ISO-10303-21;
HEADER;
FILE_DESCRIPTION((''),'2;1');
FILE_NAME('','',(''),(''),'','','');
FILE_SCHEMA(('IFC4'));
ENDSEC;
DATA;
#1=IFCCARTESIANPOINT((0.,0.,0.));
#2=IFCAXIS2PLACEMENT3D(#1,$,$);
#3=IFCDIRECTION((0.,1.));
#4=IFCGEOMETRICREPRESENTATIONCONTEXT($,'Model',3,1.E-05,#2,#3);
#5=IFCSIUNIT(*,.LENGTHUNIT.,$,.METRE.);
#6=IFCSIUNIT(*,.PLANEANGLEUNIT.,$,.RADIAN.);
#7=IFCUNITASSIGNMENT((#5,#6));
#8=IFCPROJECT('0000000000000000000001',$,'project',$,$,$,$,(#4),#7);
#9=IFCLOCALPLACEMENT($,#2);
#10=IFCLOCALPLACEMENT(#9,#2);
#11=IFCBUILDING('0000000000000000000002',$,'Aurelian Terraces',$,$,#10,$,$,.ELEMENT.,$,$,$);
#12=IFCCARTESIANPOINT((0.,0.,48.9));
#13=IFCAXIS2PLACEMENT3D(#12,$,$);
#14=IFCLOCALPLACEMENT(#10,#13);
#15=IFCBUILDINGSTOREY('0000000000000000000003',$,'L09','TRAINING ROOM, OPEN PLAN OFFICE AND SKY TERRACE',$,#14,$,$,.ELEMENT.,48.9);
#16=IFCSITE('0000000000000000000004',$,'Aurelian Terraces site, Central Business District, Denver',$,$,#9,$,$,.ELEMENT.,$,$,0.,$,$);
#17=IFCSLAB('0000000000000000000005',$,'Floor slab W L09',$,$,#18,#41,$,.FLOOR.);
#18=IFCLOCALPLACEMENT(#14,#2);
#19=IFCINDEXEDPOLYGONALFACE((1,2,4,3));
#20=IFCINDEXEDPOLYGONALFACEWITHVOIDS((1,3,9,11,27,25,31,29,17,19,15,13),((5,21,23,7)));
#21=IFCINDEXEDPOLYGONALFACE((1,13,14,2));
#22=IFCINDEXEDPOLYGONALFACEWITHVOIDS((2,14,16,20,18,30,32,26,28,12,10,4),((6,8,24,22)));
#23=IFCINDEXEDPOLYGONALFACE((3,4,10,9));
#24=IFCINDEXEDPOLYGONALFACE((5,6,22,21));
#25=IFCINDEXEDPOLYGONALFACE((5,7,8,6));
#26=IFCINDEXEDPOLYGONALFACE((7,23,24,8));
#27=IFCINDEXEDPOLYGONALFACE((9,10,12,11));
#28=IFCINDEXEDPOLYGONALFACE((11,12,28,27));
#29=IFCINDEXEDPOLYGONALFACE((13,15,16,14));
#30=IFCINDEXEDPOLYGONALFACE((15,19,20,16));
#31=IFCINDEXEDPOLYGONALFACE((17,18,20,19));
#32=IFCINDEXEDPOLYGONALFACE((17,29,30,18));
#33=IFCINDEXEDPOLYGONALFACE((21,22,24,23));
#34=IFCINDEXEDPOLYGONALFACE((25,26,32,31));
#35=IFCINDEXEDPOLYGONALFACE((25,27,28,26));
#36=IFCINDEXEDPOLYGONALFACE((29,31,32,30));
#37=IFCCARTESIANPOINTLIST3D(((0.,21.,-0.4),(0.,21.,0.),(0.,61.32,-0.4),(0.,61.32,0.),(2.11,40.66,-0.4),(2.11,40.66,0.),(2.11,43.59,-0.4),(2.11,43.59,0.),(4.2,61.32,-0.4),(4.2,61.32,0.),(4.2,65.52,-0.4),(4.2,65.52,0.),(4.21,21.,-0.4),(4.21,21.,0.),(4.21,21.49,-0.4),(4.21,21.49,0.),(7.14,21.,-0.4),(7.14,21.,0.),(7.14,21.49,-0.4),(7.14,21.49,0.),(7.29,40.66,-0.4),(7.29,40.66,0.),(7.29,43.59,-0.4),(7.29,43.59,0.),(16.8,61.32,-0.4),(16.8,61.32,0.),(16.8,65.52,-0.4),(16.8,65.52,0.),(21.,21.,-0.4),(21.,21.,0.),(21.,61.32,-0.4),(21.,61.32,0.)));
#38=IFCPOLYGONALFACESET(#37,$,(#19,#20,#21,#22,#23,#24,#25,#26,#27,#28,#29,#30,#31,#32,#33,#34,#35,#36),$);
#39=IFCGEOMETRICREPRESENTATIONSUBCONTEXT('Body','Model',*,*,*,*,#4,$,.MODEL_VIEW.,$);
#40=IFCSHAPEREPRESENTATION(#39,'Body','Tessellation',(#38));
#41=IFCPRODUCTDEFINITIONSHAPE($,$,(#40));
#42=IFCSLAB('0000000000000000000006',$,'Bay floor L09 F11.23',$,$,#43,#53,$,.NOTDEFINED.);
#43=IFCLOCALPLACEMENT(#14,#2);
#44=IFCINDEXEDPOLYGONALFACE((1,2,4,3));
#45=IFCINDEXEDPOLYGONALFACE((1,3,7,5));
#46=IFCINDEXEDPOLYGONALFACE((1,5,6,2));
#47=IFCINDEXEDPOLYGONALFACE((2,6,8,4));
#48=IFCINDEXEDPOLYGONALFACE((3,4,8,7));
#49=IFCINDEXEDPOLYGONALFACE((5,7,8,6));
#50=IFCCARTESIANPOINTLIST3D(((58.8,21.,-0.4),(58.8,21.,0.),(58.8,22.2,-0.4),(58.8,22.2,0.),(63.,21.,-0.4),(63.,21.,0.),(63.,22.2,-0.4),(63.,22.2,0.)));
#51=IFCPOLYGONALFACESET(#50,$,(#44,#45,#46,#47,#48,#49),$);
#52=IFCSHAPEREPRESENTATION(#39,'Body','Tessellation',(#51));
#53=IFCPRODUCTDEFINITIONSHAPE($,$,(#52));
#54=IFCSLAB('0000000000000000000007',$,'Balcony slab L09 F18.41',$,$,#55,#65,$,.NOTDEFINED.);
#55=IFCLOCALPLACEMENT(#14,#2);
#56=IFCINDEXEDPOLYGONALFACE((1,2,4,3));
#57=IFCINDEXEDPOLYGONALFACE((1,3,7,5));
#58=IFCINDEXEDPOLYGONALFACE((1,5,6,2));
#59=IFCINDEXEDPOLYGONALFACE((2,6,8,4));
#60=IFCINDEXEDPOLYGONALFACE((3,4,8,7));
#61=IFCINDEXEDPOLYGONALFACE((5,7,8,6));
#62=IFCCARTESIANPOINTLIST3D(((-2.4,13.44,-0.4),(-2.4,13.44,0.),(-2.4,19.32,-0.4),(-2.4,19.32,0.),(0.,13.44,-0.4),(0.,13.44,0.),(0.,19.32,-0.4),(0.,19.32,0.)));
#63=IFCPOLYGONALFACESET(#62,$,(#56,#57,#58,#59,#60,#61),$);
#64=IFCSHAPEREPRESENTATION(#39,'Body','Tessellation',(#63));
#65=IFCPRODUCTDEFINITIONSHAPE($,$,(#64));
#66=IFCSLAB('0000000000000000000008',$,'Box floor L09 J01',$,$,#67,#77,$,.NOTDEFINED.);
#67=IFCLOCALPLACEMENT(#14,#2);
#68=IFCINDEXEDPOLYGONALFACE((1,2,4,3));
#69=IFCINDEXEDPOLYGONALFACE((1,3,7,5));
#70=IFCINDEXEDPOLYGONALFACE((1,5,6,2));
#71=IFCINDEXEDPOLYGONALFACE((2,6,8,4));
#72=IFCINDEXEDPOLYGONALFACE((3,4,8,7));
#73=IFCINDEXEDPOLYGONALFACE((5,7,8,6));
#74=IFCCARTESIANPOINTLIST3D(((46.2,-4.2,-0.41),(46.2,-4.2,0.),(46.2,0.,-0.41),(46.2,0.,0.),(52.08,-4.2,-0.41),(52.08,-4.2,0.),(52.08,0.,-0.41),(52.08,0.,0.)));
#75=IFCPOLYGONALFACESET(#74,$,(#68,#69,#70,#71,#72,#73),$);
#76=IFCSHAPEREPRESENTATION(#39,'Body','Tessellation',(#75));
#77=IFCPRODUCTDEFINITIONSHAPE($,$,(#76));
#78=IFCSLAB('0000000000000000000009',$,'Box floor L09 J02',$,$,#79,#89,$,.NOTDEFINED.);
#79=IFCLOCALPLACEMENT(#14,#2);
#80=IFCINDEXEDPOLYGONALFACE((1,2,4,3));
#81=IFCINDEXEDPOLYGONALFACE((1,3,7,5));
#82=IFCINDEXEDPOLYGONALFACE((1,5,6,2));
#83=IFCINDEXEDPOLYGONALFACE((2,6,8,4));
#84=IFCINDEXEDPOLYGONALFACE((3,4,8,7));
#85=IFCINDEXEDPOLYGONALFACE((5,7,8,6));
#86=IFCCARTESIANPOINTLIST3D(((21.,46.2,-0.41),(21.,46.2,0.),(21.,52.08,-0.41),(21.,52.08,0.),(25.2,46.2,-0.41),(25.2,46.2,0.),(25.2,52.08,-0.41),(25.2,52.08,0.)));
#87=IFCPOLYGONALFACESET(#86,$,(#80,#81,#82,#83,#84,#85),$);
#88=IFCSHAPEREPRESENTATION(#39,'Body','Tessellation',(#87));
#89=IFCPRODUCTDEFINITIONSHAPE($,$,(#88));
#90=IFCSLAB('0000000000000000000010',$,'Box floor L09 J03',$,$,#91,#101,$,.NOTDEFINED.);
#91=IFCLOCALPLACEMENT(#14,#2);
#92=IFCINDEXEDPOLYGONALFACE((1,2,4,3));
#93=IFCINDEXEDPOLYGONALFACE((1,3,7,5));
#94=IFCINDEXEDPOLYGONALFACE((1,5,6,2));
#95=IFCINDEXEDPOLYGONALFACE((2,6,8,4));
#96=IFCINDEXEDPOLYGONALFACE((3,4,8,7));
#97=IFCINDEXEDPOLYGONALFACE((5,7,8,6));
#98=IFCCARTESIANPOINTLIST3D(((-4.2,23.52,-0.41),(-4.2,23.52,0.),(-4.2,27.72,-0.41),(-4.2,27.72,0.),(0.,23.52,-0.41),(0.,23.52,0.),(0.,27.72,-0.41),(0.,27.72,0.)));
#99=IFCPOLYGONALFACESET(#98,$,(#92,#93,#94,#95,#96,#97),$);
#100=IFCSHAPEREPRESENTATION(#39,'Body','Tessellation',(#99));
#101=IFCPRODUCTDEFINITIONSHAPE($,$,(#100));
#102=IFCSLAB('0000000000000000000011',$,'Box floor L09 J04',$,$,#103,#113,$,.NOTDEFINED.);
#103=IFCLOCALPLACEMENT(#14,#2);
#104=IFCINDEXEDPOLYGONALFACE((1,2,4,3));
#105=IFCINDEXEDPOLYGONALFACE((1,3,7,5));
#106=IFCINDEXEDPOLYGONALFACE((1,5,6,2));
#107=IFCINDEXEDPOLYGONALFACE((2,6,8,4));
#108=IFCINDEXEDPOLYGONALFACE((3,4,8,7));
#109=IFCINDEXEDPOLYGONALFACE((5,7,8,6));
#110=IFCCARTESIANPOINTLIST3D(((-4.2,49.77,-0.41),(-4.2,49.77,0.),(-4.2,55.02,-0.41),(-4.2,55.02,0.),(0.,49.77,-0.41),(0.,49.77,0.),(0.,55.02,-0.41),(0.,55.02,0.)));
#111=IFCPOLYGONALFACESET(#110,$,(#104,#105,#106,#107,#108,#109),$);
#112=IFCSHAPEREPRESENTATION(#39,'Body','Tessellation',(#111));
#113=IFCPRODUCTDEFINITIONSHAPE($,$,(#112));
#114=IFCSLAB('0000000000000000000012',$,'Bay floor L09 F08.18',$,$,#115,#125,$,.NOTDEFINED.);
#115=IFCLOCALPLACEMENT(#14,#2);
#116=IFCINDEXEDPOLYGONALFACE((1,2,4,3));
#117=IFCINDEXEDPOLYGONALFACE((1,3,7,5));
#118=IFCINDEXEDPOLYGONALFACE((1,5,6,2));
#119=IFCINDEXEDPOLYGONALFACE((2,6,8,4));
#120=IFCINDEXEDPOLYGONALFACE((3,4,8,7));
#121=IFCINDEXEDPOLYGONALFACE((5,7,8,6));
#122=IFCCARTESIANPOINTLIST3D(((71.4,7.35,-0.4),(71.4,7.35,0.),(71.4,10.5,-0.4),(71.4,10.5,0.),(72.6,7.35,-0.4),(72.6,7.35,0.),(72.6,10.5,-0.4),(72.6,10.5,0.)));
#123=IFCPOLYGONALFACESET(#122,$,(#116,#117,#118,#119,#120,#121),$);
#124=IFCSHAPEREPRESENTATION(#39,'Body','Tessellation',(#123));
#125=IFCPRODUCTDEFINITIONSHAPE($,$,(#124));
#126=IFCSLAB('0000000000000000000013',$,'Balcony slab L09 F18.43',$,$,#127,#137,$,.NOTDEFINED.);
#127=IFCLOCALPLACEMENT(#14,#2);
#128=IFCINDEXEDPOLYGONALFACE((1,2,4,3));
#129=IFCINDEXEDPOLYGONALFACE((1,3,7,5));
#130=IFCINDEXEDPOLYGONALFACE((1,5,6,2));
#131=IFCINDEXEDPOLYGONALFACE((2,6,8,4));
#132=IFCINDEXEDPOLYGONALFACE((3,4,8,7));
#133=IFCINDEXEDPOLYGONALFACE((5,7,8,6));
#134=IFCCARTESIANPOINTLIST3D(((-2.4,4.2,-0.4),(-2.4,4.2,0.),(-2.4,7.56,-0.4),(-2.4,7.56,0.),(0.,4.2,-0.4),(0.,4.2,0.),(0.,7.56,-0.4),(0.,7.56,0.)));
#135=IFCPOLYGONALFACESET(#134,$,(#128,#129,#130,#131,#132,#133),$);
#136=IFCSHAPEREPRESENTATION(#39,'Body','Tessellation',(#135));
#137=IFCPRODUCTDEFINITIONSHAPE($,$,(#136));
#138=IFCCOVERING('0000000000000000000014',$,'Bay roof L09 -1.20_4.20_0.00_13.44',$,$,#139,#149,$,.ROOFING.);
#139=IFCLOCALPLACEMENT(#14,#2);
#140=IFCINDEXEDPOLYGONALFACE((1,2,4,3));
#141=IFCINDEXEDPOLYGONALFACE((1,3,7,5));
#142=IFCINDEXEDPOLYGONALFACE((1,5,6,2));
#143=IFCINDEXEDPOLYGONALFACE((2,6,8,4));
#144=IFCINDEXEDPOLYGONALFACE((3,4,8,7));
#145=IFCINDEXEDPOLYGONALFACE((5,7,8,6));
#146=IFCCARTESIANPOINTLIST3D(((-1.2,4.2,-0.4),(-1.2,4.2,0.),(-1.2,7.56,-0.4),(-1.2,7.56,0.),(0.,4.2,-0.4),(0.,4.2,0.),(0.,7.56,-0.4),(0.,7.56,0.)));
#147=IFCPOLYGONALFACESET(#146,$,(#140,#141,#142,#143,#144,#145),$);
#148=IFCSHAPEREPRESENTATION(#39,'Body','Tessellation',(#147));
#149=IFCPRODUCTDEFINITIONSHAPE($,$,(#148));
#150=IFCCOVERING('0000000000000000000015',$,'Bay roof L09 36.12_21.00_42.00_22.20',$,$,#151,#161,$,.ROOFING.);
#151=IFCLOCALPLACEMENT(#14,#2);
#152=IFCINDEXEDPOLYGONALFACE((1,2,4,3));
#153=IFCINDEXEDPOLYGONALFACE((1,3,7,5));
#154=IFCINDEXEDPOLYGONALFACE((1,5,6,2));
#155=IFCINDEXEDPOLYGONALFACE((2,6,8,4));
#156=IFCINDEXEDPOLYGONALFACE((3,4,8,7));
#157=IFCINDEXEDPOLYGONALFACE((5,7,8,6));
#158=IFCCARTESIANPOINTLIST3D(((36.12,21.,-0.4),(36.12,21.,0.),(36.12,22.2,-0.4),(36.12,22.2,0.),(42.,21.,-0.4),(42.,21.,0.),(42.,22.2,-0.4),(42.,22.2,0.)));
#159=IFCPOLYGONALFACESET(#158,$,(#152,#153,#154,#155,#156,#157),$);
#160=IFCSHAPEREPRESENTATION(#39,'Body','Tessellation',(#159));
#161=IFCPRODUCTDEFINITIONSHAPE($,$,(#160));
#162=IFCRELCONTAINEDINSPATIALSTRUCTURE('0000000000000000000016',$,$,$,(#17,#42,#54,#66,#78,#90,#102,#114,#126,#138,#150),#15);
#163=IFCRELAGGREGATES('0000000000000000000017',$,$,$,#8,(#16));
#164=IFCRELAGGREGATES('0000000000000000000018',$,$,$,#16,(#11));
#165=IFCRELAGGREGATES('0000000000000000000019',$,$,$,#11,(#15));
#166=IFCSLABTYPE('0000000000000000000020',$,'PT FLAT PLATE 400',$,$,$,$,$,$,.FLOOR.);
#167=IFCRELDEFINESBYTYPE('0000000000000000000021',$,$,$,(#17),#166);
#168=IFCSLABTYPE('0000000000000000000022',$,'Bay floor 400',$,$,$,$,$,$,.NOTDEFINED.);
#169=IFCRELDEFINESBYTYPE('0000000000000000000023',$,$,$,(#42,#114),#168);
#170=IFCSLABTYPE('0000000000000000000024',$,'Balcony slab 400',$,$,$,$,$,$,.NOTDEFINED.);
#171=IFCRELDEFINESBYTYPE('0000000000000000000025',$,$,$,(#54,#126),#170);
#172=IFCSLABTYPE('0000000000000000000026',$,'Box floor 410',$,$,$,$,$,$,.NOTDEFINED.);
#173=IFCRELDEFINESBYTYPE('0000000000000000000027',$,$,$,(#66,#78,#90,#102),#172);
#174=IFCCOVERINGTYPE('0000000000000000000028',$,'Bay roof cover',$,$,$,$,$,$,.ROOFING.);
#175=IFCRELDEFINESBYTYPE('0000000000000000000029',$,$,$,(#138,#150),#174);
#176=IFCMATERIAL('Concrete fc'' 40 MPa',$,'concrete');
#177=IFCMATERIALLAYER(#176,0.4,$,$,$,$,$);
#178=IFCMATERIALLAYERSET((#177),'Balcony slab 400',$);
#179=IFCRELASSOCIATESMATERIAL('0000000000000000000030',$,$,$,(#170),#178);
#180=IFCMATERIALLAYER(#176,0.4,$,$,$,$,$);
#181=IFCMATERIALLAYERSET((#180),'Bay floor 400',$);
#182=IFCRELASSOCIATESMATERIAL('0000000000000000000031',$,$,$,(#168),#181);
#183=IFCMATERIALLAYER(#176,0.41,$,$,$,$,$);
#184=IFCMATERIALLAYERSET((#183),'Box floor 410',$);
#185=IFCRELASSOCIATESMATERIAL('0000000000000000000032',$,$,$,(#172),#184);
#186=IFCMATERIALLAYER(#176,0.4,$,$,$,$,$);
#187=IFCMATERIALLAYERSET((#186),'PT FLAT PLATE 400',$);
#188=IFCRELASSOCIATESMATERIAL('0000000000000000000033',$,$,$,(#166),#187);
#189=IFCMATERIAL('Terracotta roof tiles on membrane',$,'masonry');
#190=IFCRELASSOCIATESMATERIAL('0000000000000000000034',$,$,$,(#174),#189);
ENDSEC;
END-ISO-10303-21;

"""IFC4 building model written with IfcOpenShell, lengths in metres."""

from ifc_helpers import new_model, si_unit, direction, frame, origin, place, context, subcontext, project, spatial, polyline, outline, extrude, source, transform, mapped, material, layer, layer_set, type_object, element, save


model = new_model("IFC4")

# Units and contexts
model_context = context("Model", 3, precision=1e-05, world=origin(), true_north=direction((0.0, 1.0)))
body_context = subcontext(model_context, "Body", "Model", "MODEL_VIEW")
ifc_project = project(units=[si_unit("LENGTHUNIT", "METRE"), si_unit("PLANEANGLEUNIT", "RADIAN")], contexts=[model_context])

# Site, building, storey
site_placement = place(None, origin())
site = spatial("IfcSite", under=ifc_project, at=site_placement, Name="Aurelian Terraces site, Central Business District, Denver", CompositionType="ELEMENT", RefElevation=0.0)
building_placement = place(site_placement, origin())
building = spatial("IfcBuilding", under=site, at=building_placement, Name="Aurelian Terraces", CompositionType="ELEMENT")
storey_placement = place(building_placement, frame((0.0, 0.0, 48.9)))
storey = spatial("IfcBuildingStorey", under=building, at=storey_placement, Name="L09", Description="TRAINING ROOM, OPEN PLAN OFFICE AND SKY TERRACE", CompositionType="ELEMENT", Elevation=48.9)

# Slabs
ifc_material_1 = material(Name="Concrete fc' 40 MPa", Category="concrete")
ifc_layer_1 = layer(ifc_material_1, 0.4)
ifc_layer_set_1 = layer_set([ifc_layer_1], Name="Balcony slab 400")
slab_type_1 = type_object("IfcSlabType", Name="Balcony slab 400", PredefinedType="NOTDEFINED", material=ifc_layer_set_1)
ifc_layer_2 = layer(ifc_material_1, 0.4)
ifc_layer_set_2 = layer_set([ifc_layer_2], Name="Bay floor 400")
slab_type_2 = type_object("IfcSlabType", Name="Bay floor 400", PredefinedType="NOTDEFINED", material=ifc_layer_set_2)
ifc_layer_3 = layer(ifc_material_1, 0.41)
ifc_layer_set_3 = layer_set([ifc_layer_3], Name="Box floor 410")
slab_type_3 = type_object("IfcSlabType", Name="Box floor 410", PredefinedType="NOTDEFINED", material=ifc_layer_set_3)
ifc_layer_4 = layer(ifc_material_1, 0.4)
ifc_layer_set_4 = layer_set([ifc_layer_4], Name="PT FLAT PLATE 400")
slab_type_4 = type_object("IfcSlabType", Name="PT FLAT PLATE 400", PredefinedType="FLOOR", material=ifc_layer_set_4)
shared_shape_1 = source(origin(), body_context, "Body", "SweptSolid", [
    extrude(outline(polyline([(7.14, 21.0), (7.14, 21.49), (4.21, 21.49), (4.21, 21.0), (0.0, 21.0), (0.0, 61.32), (4.2, 61.32), (4.2, 65.52), (16.8, 65.52), (16.8, 61.32), (21.0, 61.32), (21.0, 21.0), (7.14, 21.0)]), holes=[polyline([(7.29, 43.59), (2.11, 43.59), (2.11, 40.66), (7.29, 40.66), (7.29, 43.59)])]), origin(), (0.0, 0.0, 1.0), 0.4),
])
slab_1_placement = place(storey_placement, frame((0.0, 0.0, -0.4)))
element("IfcSlab", 1, at=slab_1_placement, inside=storey, type_object=slab_type_4, Name="Floor slab W L09", PredefinedType="FLOOR", context=body_context, shape_type="MappedRepresentation", body=[
    mapped(shared_shape_1, transform((0.0, 0.0, 0.0), scale=1.0)),
])
shared_shape_2 = source(origin(), body_context, "Body", "SweptSolid", [
    extrude(outline(polyline([(63.0, 21.0), (58.8, 21.0), (58.8, 22.2), (63.0, 22.2), (63.0, 21.0)])), origin(), (0.0, 0.0, 1.0), 0.4),
])
slab_2_placement = place(storey_placement, frame((0.0, 0.0, -0.4)))
element("IfcSlab", 2, at=slab_2_placement, inside=storey, type_object=slab_type_2, Name="Bay floor L09 F11.23", PredefinedType="NOTDEFINED", context=body_context, shape_type="MappedRepresentation", body=[
    mapped(shared_shape_2, transform((0.0, 0.0, 0.0), scale=1.0)),
])
shared_shape_3 = source(origin(), body_context, "Body", "SweptSolid", [
    extrude(outline(polyline([(0.0, 19.32), (0.0, 13.44), (-2.4, 13.44), (-2.4, 19.32), (0.0, 19.32)])), origin(), (0.0, 0.0, 1.0), 0.4),
])
slab_3_placement = place(storey_placement, frame((0.0, 0.0, -0.4)))
element("IfcSlab", 3, at=slab_3_placement, inside=storey, type_object=slab_type_1, Name="Balcony slab L09 F18.41", PredefinedType="NOTDEFINED", context=body_context, shape_type="MappedRepresentation", body=[
    mapped(shared_shape_3, transform((0.0, 0.0, 0.0), scale=1.0)),
])
shared_shape_4 = source(origin(), body_context, "Body", "SweptSolid", [
    extrude(outline(polyline([(46.2, -4.2), (52.08, -4.2), (52.08, 0.0), (46.2, 0.0), (46.2, -4.2)])), origin(), (0.0, 0.0, 1.0), 0.41),
])
slab_4_placement = place(storey_placement, frame((0.0, 0.0, -0.41)))
element("IfcSlab", 4, at=slab_4_placement, inside=storey, type_object=slab_type_3, Name="Box floor L09 J01", PredefinedType="NOTDEFINED", context=body_context, shape_type="MappedRepresentation", body=[
    mapped(shared_shape_4, transform((0.0, 0.0, 0.0), scale=1.0)),
])
shared_shape_5 = source(origin(), body_context, "Body", "SweptSolid", [
    extrude(outline(polyline([(25.2, 46.2), (25.2, 52.08), (21.0, 52.08), (21.0, 46.2), (25.2, 46.2)])), origin(), (0.0, 0.0, 1.0), 0.41),
])
slab_5_placement = place(storey_placement, frame((0.0, 0.0, -0.41)))
element("IfcSlab", 5, at=slab_5_placement, inside=storey, type_object=slab_type_3, Name="Box floor L09 J02", PredefinedType="NOTDEFINED", context=body_context, shape_type="MappedRepresentation", body=[
    mapped(shared_shape_5, transform((0.0, 0.0, 0.0), scale=1.0)),
])
shared_shape_6 = source(origin(), body_context, "Body", "SweptSolid", [
    extrude(outline(polyline([(-4.2, 27.72), (-4.2, 23.52), (0.0, 23.52), (0.0, 27.72), (-4.2, 27.72)])), origin(), (0.0, 0.0, 1.0), 0.41),
])
slab_6_placement = place(storey_placement, frame((0.0, 0.0, -0.41)))
element("IfcSlab", 6, at=slab_6_placement, inside=storey, type_object=slab_type_3, Name="Box floor L09 J03", PredefinedType="NOTDEFINED", context=body_context, shape_type="MappedRepresentation", body=[
    mapped(shared_shape_6, transform((0.0, 0.0, 0.0), scale=1.0)),
])
shared_shape_7 = source(origin(), body_context, "Body", "SweptSolid", [
    extrude(outline(polyline([(-4.2, 55.02), (-4.2, 49.77), (0.0, 49.77), (0.0, 55.02), (-4.2, 55.02)])), origin(), (0.0, 0.0, 1.0), 0.41),
])
slab_7_placement = place(storey_placement, frame((0.0, 0.0, -0.41)))
element("IfcSlab", 7, at=slab_7_placement, inside=storey, type_object=slab_type_3, Name="Box floor L09 J04", PredefinedType="NOTDEFINED", context=body_context, shape_type="MappedRepresentation", body=[
    mapped(shared_shape_7, transform((0.0, 0.0, 0.0), scale=1.0)),
])
shared_shape_8 = source(origin(), body_context, "Body", "SweptSolid", [
    extrude(outline(polyline([(71.4, 7.35), (71.4, 10.5), (72.6, 10.5), (72.6, 7.35), (71.4, 7.35)])), origin(), (0.0, 0.0, 1.0), 0.4),
])
slab_8_placement = place(storey_placement, frame((0.0, 0.0, -0.4)))
element("IfcSlab", 8, at=slab_8_placement, inside=storey, type_object=slab_type_2, Name="Bay floor L09 F08.18", PredefinedType="NOTDEFINED", context=body_context, shape_type="MappedRepresentation", body=[
    mapped(shared_shape_8, transform((0.0, 0.0, 0.0), scale=1.0)),
])
shared_shape_9 = source(origin(), body_context, "Body", "SweptSolid", [
    extrude(outline(polyline([(0.0, 7.56), (0.0, 4.2), (-2.4, 4.2), (-2.4, 7.56), (0.0, 7.56)])), origin(), (0.0, 0.0, 1.0), 0.4),
])
slab_9_placement = place(storey_placement, frame((0.0, 0.0, -0.4)))
element("IfcSlab", 9, at=slab_9_placement, inside=storey, type_object=slab_type_1, Name="Balcony slab L09 F18.43", PredefinedType="NOTDEFINED", context=body_context, shape_type="MappedRepresentation", body=[
    mapped(shared_shape_9, transform((0.0, 0.0, 0.0), scale=1.0)),
])

# Coverings
ifc_material_2 = material(Name="Terracotta roof tiles on membrane", Category="masonry")
covering_type = type_object("IfcCoveringType", Name="Bay roof cover", PredefinedType="ROOFING", material=ifc_material_2)
covering_1_placement = place(storey_placement, frame((0.0, 0.0, -0.4)))
element("IfcCovering", 10, at=covering_1_placement, inside=storey, type_object=covering_type, Name="Bay roof L09 -1.20_4.20_0.00_13.44", PredefinedType="ROOFING", context=body_context, shape_type="SweptSolid", body=[
    extrude(outline(polyline([(0.0, 4.2), (-1.2, 4.2), (-1.2, 7.56), (0.0, 7.56), (0.0, 4.2)])), origin(), (0.0, 0.0, 1.0), 0.4),
])
covering_2_placement = place(storey_placement, frame((0.0, 0.0, -0.4)))
element("IfcCovering", 11, at=covering_2_placement, inside=storey, type_object=covering_type, Name="Bay roof L09 36.12_21.00_42.00_22.20", PredefinedType="ROOFING", context=body_context, shape_type="SweptSolid", body=[
    extrude(outline(polyline([(36.12, 21.0), (36.12, 22.2), (42.0, 22.2), (42.0, 21.0), (36.12, 21.0)])), origin(), (0.0, 0.0, 1.0), 0.4),
])

save(model, "model.ifc")
